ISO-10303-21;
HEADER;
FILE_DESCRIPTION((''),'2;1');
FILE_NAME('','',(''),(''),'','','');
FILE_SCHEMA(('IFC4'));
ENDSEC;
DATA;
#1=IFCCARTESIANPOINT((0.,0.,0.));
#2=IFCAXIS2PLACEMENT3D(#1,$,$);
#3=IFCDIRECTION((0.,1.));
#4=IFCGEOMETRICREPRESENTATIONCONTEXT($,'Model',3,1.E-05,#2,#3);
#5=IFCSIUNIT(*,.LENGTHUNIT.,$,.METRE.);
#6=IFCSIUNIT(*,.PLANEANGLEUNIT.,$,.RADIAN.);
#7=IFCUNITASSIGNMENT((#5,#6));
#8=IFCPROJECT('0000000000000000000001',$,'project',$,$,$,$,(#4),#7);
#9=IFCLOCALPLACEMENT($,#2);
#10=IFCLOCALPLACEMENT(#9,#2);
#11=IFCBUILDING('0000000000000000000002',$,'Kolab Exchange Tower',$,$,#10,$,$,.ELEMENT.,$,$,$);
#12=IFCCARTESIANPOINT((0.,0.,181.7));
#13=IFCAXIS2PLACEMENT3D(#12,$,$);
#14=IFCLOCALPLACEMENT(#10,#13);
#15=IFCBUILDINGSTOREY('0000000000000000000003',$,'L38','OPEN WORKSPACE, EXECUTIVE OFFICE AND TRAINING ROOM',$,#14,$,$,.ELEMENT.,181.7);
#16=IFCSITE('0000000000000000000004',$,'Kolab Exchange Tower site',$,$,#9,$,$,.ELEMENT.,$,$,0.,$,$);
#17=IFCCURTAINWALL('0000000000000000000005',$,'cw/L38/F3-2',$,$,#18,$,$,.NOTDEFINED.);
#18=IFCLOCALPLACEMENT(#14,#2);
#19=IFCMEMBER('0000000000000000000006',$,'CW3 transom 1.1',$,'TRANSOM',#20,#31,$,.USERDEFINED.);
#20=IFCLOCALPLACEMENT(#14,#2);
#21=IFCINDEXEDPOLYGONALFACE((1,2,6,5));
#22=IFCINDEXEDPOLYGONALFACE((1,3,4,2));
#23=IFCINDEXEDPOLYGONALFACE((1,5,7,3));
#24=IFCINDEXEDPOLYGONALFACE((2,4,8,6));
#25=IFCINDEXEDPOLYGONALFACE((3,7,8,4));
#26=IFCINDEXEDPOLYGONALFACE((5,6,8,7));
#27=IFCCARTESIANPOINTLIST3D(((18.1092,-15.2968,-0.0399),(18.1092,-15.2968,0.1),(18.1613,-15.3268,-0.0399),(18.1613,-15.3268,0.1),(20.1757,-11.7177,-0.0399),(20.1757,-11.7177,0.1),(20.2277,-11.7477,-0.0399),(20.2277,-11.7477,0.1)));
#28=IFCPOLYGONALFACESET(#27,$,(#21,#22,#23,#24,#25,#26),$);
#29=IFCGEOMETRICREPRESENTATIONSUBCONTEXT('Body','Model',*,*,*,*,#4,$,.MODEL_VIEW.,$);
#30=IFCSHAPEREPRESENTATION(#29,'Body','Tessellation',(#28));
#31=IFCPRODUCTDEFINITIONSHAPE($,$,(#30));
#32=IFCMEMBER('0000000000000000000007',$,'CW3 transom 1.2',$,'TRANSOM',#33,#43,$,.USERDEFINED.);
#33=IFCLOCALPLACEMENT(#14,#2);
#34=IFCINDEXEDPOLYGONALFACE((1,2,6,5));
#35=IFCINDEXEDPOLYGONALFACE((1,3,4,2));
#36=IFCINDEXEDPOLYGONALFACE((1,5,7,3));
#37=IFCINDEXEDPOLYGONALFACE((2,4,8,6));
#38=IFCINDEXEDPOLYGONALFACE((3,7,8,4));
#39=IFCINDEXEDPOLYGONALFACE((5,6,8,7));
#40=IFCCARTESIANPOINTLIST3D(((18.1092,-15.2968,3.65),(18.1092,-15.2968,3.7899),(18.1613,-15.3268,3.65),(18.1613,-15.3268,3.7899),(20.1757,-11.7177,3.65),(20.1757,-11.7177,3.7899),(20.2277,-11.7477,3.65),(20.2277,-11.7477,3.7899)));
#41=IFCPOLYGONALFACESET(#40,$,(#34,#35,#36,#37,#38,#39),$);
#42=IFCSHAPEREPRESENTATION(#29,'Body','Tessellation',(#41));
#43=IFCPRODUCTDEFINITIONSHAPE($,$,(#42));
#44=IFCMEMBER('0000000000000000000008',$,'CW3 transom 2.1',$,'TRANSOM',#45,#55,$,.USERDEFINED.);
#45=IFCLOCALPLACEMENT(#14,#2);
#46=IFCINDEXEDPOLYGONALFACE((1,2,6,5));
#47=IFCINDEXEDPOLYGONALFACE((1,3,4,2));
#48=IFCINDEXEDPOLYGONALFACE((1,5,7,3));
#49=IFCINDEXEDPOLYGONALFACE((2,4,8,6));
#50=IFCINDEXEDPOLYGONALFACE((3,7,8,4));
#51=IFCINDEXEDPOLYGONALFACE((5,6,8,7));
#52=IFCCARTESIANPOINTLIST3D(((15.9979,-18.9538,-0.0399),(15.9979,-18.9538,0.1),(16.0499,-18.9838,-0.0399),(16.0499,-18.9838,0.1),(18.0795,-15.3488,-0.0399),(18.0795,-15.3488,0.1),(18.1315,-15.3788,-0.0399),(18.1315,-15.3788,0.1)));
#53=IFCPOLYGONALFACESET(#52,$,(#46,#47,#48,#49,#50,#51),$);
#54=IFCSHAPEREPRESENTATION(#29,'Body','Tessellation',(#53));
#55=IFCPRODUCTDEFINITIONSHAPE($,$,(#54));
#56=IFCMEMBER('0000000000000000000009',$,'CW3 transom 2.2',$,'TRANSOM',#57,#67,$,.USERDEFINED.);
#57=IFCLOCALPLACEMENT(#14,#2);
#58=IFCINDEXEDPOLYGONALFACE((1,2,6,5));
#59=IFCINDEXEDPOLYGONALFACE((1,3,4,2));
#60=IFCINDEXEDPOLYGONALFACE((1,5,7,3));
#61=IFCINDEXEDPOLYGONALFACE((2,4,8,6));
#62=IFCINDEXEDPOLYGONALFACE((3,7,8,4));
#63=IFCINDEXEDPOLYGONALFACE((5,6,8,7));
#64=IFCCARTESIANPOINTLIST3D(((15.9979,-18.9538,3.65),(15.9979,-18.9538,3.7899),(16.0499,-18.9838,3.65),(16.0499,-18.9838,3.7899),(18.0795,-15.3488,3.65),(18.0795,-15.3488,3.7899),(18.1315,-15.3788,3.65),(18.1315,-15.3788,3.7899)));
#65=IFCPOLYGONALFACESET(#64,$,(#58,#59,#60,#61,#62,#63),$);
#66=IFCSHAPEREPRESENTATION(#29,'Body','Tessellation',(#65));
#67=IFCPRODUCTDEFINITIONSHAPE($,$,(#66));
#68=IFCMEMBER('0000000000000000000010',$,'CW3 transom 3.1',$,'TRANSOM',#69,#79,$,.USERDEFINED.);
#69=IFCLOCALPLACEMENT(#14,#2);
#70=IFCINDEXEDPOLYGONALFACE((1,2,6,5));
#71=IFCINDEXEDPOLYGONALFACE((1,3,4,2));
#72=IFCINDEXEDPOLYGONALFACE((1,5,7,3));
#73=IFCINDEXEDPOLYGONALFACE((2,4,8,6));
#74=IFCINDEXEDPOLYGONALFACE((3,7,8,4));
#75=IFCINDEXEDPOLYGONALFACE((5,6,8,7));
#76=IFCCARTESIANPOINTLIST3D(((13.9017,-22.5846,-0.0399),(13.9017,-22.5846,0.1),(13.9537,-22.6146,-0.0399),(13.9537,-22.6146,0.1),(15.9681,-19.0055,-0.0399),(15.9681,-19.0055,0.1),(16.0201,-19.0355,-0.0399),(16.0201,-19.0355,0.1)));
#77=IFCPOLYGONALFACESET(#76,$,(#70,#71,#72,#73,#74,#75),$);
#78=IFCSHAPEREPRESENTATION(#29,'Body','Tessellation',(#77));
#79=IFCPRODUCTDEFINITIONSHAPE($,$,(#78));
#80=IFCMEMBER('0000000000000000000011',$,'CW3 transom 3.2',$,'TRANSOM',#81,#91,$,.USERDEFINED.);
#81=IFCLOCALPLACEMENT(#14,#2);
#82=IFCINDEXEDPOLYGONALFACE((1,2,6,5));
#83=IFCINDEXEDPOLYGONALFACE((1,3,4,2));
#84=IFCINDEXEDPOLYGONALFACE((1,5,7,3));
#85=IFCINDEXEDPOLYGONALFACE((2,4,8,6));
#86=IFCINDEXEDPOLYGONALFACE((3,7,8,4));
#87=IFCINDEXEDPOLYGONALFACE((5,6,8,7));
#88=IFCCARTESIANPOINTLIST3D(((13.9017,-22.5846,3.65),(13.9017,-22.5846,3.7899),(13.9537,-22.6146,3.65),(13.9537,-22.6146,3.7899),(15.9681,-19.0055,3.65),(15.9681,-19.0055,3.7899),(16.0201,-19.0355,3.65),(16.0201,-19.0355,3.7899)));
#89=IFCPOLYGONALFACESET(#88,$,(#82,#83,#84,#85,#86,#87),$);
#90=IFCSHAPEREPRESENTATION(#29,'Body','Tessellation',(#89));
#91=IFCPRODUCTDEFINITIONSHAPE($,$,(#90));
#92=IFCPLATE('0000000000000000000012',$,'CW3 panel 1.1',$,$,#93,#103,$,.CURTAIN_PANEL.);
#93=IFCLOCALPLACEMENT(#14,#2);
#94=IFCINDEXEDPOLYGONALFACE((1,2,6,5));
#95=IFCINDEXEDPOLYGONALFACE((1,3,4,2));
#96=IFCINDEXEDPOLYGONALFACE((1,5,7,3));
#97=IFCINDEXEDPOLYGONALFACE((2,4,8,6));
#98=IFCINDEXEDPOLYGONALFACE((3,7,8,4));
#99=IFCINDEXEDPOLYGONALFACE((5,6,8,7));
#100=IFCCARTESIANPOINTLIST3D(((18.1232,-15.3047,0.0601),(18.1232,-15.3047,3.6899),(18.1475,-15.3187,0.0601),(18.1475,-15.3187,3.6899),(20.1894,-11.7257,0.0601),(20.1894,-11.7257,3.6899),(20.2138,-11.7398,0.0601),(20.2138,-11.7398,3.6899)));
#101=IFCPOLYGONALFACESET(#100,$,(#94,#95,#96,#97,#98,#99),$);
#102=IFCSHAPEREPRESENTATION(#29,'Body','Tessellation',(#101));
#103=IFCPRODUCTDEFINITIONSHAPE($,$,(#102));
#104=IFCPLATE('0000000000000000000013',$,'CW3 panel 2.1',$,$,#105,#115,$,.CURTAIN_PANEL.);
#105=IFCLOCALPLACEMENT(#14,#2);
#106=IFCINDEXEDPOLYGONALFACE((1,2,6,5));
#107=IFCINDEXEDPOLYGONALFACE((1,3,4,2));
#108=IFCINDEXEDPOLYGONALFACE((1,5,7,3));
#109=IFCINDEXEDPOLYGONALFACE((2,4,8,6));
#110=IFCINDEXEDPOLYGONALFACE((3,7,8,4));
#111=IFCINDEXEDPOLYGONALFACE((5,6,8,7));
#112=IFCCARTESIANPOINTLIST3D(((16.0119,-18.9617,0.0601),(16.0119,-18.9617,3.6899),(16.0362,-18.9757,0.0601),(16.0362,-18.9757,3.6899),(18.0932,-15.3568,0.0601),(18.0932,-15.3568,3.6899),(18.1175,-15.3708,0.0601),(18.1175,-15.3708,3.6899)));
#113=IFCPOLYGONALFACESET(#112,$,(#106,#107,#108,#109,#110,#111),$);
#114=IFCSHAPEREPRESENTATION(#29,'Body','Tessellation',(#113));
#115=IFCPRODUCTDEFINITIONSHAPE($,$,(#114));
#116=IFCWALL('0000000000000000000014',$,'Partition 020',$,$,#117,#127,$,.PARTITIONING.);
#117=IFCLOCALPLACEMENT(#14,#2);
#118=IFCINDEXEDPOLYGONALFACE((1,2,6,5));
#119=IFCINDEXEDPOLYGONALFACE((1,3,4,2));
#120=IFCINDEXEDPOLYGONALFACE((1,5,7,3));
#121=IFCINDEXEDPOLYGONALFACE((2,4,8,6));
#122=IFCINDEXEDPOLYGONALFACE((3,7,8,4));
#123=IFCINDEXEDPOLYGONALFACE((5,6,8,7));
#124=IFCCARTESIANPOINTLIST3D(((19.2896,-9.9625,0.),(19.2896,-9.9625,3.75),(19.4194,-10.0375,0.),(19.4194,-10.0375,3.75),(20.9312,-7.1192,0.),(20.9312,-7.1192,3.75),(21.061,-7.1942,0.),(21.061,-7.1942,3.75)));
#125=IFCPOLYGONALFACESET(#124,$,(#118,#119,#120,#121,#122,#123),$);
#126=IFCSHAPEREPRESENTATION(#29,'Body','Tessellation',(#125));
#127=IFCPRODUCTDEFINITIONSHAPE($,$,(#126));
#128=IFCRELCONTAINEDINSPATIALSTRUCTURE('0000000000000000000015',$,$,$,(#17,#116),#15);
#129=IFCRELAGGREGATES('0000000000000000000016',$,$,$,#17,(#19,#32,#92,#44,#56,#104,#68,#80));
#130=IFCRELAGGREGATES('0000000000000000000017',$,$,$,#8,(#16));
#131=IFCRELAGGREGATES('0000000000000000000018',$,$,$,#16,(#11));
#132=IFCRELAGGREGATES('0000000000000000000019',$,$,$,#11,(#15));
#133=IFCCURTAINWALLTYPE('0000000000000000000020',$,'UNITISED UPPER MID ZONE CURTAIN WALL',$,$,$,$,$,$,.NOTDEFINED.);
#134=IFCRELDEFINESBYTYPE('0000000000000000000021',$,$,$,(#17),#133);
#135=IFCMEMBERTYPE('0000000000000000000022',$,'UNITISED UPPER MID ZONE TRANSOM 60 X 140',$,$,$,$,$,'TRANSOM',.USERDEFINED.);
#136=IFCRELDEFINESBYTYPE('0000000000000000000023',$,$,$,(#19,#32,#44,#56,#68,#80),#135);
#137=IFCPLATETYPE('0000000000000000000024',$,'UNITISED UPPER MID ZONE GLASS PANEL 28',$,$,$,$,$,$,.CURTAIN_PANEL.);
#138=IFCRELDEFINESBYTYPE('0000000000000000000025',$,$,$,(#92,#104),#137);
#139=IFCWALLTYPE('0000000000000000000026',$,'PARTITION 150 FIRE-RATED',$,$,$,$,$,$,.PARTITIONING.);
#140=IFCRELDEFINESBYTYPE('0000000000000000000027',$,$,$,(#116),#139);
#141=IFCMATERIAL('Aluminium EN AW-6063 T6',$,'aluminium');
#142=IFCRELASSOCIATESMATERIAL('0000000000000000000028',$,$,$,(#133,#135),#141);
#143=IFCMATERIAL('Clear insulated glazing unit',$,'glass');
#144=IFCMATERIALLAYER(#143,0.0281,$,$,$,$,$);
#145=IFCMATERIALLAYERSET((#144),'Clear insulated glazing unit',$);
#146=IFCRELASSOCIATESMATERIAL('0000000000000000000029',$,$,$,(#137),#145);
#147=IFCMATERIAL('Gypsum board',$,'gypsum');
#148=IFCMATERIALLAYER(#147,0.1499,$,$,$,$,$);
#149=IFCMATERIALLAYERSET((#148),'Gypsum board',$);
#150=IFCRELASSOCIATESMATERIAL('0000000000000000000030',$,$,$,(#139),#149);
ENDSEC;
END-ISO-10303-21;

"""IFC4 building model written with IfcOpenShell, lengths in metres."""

from ifc_helpers import new_model, si_unit, direction, frame, frame_2d, origin, origin_2d, place, context, subcontext, project, spatial, rectangle, extrude, material, layer, layer_set, material_profile, profile_set, type_object, element, aggregate, save


model = new_model("IFC4")

# Units and contexts
model_context = context("Model", 3, precision=1e-05, world=origin(), true_north=direction((0.0, 1.0)))
body_context = subcontext(model_context, "Body", "Model", "MODEL_VIEW")
ifc_project = project(units=[si_unit("LENGTHUNIT", "METRE"), si_unit("PLANEANGLEUNIT", "RADIAN")], contexts=[model_context])

# Site, building, storey
site_placement = place(None, origin())
site = spatial("IfcSite", under=ifc_project, at=site_placement, Name="Kolab Exchange Tower site", CompositionType="ELEMENT", RefElevation=0.0)
building_placement = place(site_placement, origin())
building = spatial("IfcBuilding", under=site, at=building_placement, Name="Kolab Exchange Tower", CompositionType="ELEMENT")
storey_placement = place(building_placement, frame((0.0, 0.0, 181.7)))
storey = spatial("IfcBuildingStorey", under=building, at=storey_placement, Name="L38", Description="OPEN WORKSPACE, EXECUTIVE OFFICE AND TRAINING ROOM", CompositionType="ELEMENT", Elevation=181.7)

# Curtain wall, members, plates
ifc_material_1 = material(Name="Aluminium EN AW-6063 T6", Category="aluminium")
curtain_wall_type = type_object("IfcCurtainWallType", Name="UNITISED UPPER MID ZONE CURTAIN WALL", PredefinedType="NOTDEFINED", material=ifc_material_1)
curtain_wall_placement = place(storey_placement, origin())
curtain_wall = element("IfcCurtainWall", 1, at=curtain_wall_placement, inside=storey, type_object=curtain_wall_type, Name="cw/L38/F3-2", PredefinedType="NOTDEFINED")
ifc_material_profile_1 = material_profile(ifc_material_1, rectangle(XDim=0.0601, YDim=0.1399, at=origin_2d()), Name="RECT 60X140")
ifc_profile_set_1 = profile_set([ifc_material_profile_1], Name="Aluminium EN AW-6063 T6")
member_type_1 = type_object("IfcMemberType", Name="UNITISED UPPER MID ZONE TRANSOM 60 X 140", ElementType="TRANSOM", PredefinedType="USERDEFINED", material=ifc_profile_set_1)
member_1_placement = place(storey_placement, frame((20.2017, -11.7327, 0.03), z_axis=(-0.500002, -0.866024, 0.0), x_axis=(0.866024, -0.500002, 0.0)))
member_1 = element("IfcMember", 2, at=member_1_placement, type_object=member_type_1, Name="CW3 transom 1.1", ObjectType="TRANSOM", PredefinedType="USERDEFINED", context=body_context, shape_type="SweptSolid", body=[
    extrude(rectangle(XDim=0.0601, YDim=0.1399, at=origin_2d()), origin(), (0.0, 0.0, 1.0), 4.1328),
])
member_2_placement = place(storey_placement, frame((20.2017, -11.7327, 3.72), z_axis=(-0.500002, -0.866024, 0.0), x_axis=(0.866024, -0.500002, 0.0)))
member_2 = element("IfcMember", 3, at=member_2_placement, type_object=member_type_1, Name="CW3 transom 1.2", ObjectType="TRANSOM", PredefinedType="USERDEFINED", context=body_context, shape_type="SweptSolid", body=[
    extrude(rectangle(XDim=0.0601, YDim=0.1399, at=origin_2d()), origin(), (0.0, 0.0, 1.0), 4.1328),
])
member_3_placement = place(storey_placement, frame((18.1055, -15.3638, 0.03), z_axis=(-0.500037, -0.866004, 0.0), x_axis=(0.866004, -0.500037, 0.0)))
member_3 = element("IfcMember", 4, at=member_3_placement, type_object=member_type_1, Name="CW3 transom 2.1", ObjectType="TRANSOM", PredefinedType="USERDEFINED", context=body_context, shape_type="SweptSolid", body=[
    extrude(rectangle(XDim=0.0601, YDim=0.1399, at=origin_2d()), origin(), (0.0, 0.0, 1.0), 4.1628),
])
member_4_placement = place(storey_placement, frame((18.1055, -15.3638, 3.72), z_axis=(-0.500037, -0.866004, 0.0), x_axis=(0.866004, -0.500037, 0.0)))
member_4 = element("IfcMember", 5, at=member_4_placement, type_object=member_type_1, Name="CW3 transom 2.2", ObjectType="TRANSOM", PredefinedType="USERDEFINED", context=body_context, shape_type="SweptSolid", body=[
    extrude(rectangle(XDim=0.0601, YDim=0.1399, at=origin_2d()), origin(), (0.0, 0.0, 1.0), 4.1628),
])
member_5_placement = place(storey_placement, frame((15.9941, -19.0205, 0.03), z_axis=(-0.500002, -0.866024, 0.0), x_axis=(0.866024, -0.500002, 0.0)))
member_5 = element("IfcMember", 6, at=member_5_placement, type_object=member_type_1, Name="CW3 transom 3.1", ObjectType="TRANSOM", PredefinedType="USERDEFINED", context=body_context, shape_type="SweptSolid", body=[
    extrude(rectangle(XDim=0.0601, YDim=0.1399, at=origin_2d()), origin(), (0.0, 0.0, 1.0), 4.1328),
])
member_6_placement = place(storey_placement, frame((15.9941, -19.0205, 3.72), z_axis=(-0.500002, -0.866024, 0.0), x_axis=(0.866024, -0.500002, 0.0)))
member_6 = element("IfcMember", 7, at=member_6_placement, type_object=member_type_1, Name="CW3 transom 3.2", ObjectType="TRANSOM", PredefinedType="USERDEFINED", context=body_context, shape_type="SweptSolid", body=[
    extrude(rectangle(XDim=0.0601, YDim=0.1399, at=origin_2d()), origin(), (0.0, 0.0, 1.0), 4.1328),
])
ifc_material_2 = material(Name="Clear insulated glazing unit", Category="glass")
ifc_layer_1 = layer(ifc_material_2, 0.0281)
ifc_layer_set_1 = layer_set([ifc_layer_1], Name="Clear insulated glazing unit")
plate_type = type_object("IfcPlateType", Name="UNITISED UPPER MID ZONE GLASS PANEL 28", PredefinedType="CURTAIN_PANEL", material=ifc_layer_set_1)
plate_1_placement = place(storey_placement, frame((19.1685, -13.5222, 0.0601), z_axis=(0.0, 0.0, 1.0), x_axis=(-0.5, -0.866025, 0.0)))
plate_1 = element("IfcPlate", 8, at=plate_1_placement, type_object=plate_type, Name="CW3 panel 1.1", PredefinedType="CURTAIN_PANEL", context=body_context, shape_type="SweptSolid", body=[
    extrude(rectangle(XDim=4.1326, YDim=0.0281, at=origin_2d()), origin(), (0.0, 0.0, 1.0), 3.6299),
])
plate_2_placement = place(storey_placement, frame((17.0647, -17.1663, 0.0601), z_axis=(0.0, 0.0, 1.0), x_axis=(-0.5, -0.866025, 0.0)))
plate_2 = element("IfcPlate", 9, at=plate_2_placement, type_object=plate_type, Name="CW3 panel 2.1", PredefinedType="CURTAIN_PANEL", context=body_context, shape_type="SweptSolid", body=[
    extrude(rectangle(XDim=4.1626, YDim=0.0281, at=origin_2d()), origin(), (0.0, 0.0, 1.0), 3.6299),
])
aggregate(curtain_wall, [member_1, member_2, plate_1, member_3, member_4, plate_2, member_5, member_6])

# Wall
ifc_material_3 = material(Name="Gypsum board", Category="gypsum")
ifc_layer_2 = layer(ifc_material_3, 0.1499)
ifc_layer_set_2 = layer_set([ifc_layer_2], Name="Gypsum board")
wall_type = type_object("IfcWallType", Name="PARTITION 150 FIRE-RATED", PredefinedType="PARTITIONING", material=ifc_layer_set_2)
wall_placement = place(storey_placement, frame((19.3545, -10.0, 0.0), z_axis=(0.0, 0.0, 1.0), x_axis=(0.50001, 0.86602, 0.0)))
element("IfcWall", 10, at=wall_placement, inside=storey, type_object=wall_type, Name="Partition 020", PredefinedType="PARTITIONING", context=body_context, shape_type="SweptSolid", body=[
    extrude(rectangle(XDim=3.2832, YDim=0.1499, at=frame_2d((1.6416, 0.0))), origin(), (0.0, 0.0, 1.0), 3.75),
])

save(model, "model.ifc")
